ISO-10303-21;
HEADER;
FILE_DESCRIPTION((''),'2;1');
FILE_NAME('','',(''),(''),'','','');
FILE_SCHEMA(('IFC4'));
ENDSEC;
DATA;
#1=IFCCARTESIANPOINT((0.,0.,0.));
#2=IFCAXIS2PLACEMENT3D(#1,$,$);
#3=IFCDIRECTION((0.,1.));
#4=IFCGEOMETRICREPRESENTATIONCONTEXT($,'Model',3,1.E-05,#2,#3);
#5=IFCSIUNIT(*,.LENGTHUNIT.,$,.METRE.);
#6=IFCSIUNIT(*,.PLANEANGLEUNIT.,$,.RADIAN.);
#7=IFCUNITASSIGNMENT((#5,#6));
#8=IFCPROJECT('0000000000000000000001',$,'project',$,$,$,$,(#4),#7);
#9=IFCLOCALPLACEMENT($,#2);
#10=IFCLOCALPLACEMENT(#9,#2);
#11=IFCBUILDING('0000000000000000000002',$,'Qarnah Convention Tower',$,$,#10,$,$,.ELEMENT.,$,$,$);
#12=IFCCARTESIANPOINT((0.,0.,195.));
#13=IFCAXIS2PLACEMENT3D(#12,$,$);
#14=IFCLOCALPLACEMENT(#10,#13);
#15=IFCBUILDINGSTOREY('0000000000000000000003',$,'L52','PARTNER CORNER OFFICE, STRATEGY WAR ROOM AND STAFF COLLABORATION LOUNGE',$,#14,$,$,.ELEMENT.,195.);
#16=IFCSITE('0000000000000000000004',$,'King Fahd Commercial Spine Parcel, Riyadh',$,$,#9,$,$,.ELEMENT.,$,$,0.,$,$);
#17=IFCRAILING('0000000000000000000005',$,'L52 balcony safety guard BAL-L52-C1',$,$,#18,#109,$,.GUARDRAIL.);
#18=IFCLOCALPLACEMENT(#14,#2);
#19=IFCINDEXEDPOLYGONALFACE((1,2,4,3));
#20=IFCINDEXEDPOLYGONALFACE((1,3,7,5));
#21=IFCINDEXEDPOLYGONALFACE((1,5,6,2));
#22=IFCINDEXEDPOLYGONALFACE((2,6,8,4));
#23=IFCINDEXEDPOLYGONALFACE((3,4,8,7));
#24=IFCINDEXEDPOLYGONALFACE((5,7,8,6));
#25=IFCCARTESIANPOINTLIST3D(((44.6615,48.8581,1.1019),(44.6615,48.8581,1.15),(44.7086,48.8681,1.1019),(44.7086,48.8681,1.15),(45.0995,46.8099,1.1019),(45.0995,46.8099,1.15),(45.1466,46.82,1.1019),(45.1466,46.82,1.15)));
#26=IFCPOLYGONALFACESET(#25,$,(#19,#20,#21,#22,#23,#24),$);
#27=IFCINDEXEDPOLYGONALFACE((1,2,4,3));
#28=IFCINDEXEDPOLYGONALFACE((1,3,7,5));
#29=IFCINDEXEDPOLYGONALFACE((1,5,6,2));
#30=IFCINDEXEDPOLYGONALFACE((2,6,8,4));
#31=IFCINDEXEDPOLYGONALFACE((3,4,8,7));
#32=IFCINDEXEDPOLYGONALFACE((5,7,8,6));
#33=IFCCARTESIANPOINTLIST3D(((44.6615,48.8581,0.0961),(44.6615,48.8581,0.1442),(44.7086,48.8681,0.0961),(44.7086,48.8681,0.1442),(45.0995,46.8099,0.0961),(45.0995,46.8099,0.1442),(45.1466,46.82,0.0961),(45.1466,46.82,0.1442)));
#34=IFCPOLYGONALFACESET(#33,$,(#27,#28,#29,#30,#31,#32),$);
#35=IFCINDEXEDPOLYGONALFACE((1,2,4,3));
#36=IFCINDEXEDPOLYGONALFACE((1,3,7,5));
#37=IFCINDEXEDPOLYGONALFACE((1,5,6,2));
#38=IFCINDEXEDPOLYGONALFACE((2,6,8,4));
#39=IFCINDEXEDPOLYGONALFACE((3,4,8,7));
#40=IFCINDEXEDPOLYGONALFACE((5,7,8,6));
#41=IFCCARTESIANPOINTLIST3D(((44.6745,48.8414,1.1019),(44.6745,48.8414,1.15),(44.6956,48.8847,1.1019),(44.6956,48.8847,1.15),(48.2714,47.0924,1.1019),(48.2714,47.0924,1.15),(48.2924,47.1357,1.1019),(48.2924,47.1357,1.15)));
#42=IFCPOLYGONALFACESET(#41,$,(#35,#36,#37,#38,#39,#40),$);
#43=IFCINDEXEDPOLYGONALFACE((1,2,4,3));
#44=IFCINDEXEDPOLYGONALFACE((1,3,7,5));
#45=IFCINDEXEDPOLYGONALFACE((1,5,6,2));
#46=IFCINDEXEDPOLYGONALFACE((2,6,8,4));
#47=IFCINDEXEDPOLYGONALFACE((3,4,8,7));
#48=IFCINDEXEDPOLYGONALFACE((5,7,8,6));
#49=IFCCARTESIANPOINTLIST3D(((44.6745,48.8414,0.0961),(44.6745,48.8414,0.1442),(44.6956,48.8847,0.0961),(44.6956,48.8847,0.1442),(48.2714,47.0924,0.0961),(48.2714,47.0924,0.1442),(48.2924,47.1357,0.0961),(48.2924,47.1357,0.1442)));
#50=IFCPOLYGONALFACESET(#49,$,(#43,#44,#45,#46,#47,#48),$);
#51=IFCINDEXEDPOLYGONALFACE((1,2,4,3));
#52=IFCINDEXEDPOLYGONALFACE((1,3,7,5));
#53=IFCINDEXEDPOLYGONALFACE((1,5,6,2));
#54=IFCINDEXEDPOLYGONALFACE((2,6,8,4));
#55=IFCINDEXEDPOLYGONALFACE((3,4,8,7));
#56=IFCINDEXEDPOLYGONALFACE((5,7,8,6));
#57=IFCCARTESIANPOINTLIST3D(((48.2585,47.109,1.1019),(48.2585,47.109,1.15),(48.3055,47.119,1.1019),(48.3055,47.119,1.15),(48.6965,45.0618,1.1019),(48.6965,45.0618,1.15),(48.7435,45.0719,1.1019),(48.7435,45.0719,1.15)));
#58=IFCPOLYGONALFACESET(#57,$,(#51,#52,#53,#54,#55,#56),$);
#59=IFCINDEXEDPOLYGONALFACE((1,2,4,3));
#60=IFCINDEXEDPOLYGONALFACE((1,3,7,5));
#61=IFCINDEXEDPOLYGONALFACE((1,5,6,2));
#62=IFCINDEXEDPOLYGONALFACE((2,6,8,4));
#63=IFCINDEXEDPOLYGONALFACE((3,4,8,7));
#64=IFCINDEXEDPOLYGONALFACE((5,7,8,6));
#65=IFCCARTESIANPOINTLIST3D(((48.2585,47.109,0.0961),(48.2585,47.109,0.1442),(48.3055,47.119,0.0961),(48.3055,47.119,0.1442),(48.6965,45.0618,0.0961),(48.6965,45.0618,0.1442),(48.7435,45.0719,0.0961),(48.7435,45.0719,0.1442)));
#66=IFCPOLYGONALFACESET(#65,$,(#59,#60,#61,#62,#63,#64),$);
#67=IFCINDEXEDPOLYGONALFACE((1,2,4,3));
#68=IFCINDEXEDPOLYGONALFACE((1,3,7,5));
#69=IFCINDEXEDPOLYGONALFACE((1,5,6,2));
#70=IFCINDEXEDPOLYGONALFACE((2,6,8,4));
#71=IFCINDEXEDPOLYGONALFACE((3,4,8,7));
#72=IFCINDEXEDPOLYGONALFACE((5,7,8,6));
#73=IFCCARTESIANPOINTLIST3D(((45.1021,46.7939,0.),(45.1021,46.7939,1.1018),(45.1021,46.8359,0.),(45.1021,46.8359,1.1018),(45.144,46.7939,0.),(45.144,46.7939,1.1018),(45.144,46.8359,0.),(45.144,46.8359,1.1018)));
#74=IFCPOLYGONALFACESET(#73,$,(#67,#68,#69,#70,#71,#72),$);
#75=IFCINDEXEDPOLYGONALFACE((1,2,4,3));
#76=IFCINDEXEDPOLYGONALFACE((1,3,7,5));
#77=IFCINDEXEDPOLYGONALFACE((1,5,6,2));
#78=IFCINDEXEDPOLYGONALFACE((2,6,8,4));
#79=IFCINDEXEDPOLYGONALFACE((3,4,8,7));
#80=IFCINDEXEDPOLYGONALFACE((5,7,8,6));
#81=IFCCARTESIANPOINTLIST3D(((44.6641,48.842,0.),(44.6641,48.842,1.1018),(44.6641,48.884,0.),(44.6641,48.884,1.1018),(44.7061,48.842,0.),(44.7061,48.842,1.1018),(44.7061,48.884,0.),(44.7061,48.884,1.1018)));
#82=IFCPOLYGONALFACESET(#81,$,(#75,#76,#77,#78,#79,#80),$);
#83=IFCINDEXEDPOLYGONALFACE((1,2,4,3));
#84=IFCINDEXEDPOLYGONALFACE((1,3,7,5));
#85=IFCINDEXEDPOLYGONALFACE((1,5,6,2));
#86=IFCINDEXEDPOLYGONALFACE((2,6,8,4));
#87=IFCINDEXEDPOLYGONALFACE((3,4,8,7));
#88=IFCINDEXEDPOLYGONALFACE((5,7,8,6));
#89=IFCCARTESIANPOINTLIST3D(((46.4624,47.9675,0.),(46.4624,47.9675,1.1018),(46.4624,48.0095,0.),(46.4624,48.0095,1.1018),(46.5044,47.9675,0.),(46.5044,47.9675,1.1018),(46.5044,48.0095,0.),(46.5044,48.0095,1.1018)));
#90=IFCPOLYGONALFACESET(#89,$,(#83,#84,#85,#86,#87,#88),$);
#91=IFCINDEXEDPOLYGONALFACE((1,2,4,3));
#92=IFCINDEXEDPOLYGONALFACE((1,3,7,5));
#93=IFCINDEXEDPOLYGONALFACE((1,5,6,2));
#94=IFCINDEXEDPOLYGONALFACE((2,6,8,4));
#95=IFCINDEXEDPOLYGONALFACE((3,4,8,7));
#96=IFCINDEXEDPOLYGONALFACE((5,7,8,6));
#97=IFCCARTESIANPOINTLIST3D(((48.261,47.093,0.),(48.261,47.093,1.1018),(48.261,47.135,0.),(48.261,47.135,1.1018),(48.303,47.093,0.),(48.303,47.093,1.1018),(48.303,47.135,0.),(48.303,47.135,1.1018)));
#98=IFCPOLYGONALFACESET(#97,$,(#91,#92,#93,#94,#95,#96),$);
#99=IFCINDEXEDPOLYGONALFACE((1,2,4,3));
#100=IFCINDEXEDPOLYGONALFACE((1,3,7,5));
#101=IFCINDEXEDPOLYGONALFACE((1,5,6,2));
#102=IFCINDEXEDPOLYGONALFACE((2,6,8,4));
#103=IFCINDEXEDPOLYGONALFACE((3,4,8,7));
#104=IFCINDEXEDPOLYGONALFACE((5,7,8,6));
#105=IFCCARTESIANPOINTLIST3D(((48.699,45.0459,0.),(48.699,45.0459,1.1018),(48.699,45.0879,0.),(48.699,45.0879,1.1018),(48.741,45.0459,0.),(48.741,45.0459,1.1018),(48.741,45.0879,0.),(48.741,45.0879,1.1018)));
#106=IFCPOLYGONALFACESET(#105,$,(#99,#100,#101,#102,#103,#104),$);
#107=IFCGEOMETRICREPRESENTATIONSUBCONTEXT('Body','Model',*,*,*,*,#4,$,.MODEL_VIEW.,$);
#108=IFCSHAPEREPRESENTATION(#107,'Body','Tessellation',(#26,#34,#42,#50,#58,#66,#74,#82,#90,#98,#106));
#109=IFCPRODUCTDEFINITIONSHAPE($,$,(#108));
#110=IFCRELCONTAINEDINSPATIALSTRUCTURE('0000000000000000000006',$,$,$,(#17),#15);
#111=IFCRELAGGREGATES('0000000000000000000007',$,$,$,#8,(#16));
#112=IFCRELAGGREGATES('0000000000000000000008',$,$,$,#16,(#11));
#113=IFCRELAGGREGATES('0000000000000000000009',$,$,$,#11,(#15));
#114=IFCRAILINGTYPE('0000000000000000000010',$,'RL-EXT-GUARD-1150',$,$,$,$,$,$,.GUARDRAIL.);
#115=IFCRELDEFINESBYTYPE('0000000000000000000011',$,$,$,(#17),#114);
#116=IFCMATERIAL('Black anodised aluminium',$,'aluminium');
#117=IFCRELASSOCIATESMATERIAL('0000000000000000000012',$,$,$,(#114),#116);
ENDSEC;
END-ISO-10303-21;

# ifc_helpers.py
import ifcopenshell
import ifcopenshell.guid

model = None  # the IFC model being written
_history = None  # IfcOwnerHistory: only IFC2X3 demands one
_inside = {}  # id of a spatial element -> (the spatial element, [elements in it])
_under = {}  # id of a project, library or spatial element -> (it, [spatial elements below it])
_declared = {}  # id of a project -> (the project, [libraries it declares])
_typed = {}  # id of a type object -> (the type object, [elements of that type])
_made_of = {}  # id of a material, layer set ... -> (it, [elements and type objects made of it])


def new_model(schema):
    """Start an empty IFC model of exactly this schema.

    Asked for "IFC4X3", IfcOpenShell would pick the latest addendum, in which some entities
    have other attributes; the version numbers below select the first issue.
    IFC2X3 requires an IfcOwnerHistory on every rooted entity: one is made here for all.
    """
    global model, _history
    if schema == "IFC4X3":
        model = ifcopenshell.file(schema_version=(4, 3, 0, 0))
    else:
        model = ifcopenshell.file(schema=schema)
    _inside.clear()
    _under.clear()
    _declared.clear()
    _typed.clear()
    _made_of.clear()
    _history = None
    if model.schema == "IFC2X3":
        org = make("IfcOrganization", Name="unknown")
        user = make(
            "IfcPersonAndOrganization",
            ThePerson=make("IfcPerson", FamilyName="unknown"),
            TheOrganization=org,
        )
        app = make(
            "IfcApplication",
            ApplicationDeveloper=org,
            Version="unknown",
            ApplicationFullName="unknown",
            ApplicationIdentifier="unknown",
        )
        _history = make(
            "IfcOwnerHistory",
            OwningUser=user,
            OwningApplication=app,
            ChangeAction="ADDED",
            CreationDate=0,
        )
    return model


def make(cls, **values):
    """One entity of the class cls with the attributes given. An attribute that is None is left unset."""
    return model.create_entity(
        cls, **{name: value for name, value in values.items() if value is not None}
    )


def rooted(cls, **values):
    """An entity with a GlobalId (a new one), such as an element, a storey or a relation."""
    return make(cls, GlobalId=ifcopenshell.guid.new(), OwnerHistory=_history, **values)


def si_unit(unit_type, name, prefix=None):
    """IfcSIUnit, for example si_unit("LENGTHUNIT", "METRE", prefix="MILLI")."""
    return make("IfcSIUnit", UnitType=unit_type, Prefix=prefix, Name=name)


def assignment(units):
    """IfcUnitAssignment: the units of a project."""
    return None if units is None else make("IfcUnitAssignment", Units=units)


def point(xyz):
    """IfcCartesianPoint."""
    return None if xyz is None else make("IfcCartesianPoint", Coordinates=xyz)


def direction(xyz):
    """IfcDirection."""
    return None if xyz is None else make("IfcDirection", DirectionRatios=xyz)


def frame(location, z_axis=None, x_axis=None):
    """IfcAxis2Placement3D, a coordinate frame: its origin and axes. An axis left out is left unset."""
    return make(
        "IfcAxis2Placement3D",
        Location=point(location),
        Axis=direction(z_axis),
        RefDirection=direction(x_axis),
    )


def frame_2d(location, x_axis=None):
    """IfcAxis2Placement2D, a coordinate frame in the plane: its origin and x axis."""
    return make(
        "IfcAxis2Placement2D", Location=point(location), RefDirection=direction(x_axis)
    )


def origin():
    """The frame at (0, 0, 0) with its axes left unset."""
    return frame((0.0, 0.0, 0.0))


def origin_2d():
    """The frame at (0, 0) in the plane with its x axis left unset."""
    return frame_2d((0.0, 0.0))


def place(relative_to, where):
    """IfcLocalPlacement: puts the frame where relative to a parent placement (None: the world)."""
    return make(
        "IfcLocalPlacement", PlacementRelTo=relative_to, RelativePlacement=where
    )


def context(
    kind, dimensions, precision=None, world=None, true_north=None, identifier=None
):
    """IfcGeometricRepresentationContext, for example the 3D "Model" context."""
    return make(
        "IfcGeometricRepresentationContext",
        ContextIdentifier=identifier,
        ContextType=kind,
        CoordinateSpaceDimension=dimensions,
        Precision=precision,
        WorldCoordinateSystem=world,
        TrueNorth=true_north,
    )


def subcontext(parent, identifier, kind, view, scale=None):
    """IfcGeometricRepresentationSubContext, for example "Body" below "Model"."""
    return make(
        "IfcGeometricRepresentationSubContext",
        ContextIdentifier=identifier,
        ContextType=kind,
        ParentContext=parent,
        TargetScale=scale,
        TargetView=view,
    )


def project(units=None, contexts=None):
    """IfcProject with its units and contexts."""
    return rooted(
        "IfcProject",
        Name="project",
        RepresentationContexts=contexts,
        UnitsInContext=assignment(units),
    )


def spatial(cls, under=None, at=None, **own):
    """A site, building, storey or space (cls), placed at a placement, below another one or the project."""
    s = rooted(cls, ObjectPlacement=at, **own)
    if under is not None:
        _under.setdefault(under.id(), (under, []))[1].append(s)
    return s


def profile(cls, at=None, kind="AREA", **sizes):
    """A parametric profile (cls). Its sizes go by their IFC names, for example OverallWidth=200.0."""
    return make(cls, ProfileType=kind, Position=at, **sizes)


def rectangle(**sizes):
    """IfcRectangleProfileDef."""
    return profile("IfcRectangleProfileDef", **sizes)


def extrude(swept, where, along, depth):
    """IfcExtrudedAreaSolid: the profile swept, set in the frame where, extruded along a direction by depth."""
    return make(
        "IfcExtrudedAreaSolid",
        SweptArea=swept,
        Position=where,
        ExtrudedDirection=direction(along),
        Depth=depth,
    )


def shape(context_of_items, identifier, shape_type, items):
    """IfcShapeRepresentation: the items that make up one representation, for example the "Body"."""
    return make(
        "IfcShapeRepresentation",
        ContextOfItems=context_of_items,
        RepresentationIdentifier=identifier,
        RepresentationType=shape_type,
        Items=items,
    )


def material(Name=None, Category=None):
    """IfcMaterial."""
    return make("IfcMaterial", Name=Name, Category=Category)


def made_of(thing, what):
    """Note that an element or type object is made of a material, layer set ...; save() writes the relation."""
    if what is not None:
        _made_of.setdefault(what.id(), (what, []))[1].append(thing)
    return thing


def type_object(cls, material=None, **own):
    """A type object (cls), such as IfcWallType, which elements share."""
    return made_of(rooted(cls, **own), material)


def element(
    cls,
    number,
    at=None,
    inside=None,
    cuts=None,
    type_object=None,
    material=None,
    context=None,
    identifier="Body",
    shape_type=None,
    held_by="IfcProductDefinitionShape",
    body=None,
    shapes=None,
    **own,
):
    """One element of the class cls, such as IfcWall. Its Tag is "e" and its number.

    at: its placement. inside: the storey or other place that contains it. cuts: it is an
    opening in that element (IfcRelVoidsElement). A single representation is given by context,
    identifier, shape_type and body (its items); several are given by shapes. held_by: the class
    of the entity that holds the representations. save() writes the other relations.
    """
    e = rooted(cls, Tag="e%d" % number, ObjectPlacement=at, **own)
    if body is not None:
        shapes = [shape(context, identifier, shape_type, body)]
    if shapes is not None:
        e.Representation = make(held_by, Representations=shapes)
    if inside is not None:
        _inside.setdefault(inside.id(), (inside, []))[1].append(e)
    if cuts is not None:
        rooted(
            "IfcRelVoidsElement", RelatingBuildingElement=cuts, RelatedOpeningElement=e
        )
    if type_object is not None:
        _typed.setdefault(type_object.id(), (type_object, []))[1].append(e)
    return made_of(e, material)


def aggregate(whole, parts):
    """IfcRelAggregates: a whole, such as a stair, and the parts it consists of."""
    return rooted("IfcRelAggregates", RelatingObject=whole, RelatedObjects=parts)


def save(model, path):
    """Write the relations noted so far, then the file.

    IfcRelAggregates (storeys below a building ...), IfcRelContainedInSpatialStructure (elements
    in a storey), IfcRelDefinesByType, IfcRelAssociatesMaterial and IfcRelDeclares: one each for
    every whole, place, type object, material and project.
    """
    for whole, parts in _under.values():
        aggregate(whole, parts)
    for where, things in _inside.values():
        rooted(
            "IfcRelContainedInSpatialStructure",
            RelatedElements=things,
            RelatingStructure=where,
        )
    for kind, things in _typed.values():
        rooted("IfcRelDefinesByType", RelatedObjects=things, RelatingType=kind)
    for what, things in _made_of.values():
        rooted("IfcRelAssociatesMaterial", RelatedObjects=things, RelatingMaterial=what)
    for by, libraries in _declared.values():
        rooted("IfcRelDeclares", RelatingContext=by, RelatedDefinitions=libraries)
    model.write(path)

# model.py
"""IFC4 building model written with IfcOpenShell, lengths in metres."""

from ifc_helpers import new_model, si_unit, direction, frame, origin, origin_2d, place, context, subcontext, project, spatial, rectangle, extrude, material, type_object, element, save


model = new_model("IFC4")

# Units and contexts
model_context = context("Model", 3, precision=1e-05, world=origin(), true_north=direction((0.0, 1.0)))
body_context = subcontext(model_context, "Body", "Model", "MODEL_VIEW")
ifc_project = project(units=[si_unit("LENGTHUNIT", "METRE"), si_unit("PLANEANGLEUNIT", "RADIAN")], contexts=[model_context])

# Site, building, storey
site_placement = place(None, origin())
site = spatial("IfcSite", under=ifc_project, at=site_placement, Name="King Fahd Commercial Spine Parcel, Riyadh", CompositionType="ELEMENT", RefElevation=0.0)
building_placement = place(site_placement, origin())
building = spatial("IfcBuilding", under=site, at=building_placement, Name="Qarnah Convention Tower", CompositionType="ELEMENT")
storey_placement = place(building_placement, frame((0.0, 0.0, 195.0)))
storey = spatial("IfcBuildingStorey", under=building, at=storey_placement, Name="L52", Description="PARTNER CORNER OFFICE, STRATEGY WAR ROOM AND STAFF COLLABORATION LOUNGE", CompositionType="ELEMENT", Elevation=195.0)

# Shared definitions
ifc_material_1 = material(Name="Black anodised aluminium", Category="aluminium")

# Railing
railing_type = type_object("IfcRailingType", Name="RL-EXT-GUARD-1150", PredefinedType="GUARDRAIL", material=ifc_material_1)
railing_1_placement = place(storey_placement, frame((45.123, 46.8149, 0.0)))
element("IfcRailing", 1, at=railing_1_placement, inside=storey, type_object=railing_type, Name="L52 balcony safety guard BAL-L52-C1", PredefinedType="GUARDRAIL", context=body_context, shape_type="SweptSolid", body=[
    extrude(rectangle(XDim=0.0481, YDim=0.0481, at=origin_2d()), frame((0.0, 0.0, 1.126), z_axis=(-0.209123, 0.977889, 0.0), x_axis=(-0.977889, -0.209123, 0.0)), (0.0, 0.0, 1.0), 2.0945),
    extrude(rectangle(XDim=0.0481, YDim=0.0481, at=origin_2d()), frame((0.0, 0.0, 0.1201), z_axis=(-0.209123, 0.977889, 0.0), x_axis=(-0.977889, -0.209123, 0.0)), (0.0, 0.0, 1.0), 2.0945),
    extrude(rectangle(XDim=0.0481, YDim=0.0481, at=origin_2d()), frame((-0.438, 2.0481, 1.126), z_axis=(0.899317, -0.437298, 0.0), x_axis=(0.437298, 0.899317, 0.0)), (0.0, 0.0, 1.0), 3.9995),
    extrude(rectangle(XDim=0.0481, YDim=0.0481, at=origin_2d()), frame((-0.438, 2.0481, 0.1201), z_axis=(0.899317, -0.437298, 0.0), x_axis=(0.437298, 0.899317, 0.0)), (0.0, 0.0, 1.0), 3.9995),
    extrude(rectangle(XDim=0.0481, YDim=0.0481, at=origin_2d()), frame((3.1589, 0.2991, 1.126), z_axis=(0.209218, -0.977869, 0.0), x_axis=(0.977869, 0.209218, 0.0)), (0.0, 0.0, 1.0), 2.0935),
    extrude(rectangle(XDim=0.0481, YDim=0.0481, at=origin_2d()), frame((3.1589, 0.2991, 0.1201), z_axis=(0.209218, -0.977869, 0.0), x_axis=(0.977869, 0.209218, 0.0)), (0.0, 0.0, 1.0), 2.0935),
    extrude(rectangle(XDim=0.042, YDim=0.042, at=origin_2d()), origin(), (0.0, 0.0, 1.0), 1.1018),
    extrude(rectangle(XDim=0.042, YDim=0.042, at=origin_2d()), frame((-0.438, 2.0481, 0.0)), (0.0, 0.0, 1.0), 1.1018),
    extrude(rectangle(XDim=0.042, YDim=0.042, at=origin_2d()), frame((1.3604, 1.1736, 0.0)), (0.0, 0.0, 1.0), 1.1018),
    extrude(rectangle(XDim=0.042, YDim=0.042, at=origin_2d()), frame((3.1589, 0.2991, 0.0)), (0.0, 0.0, 1.0), 1.1018),
    extrude(rectangle(XDim=0.042, YDim=0.042, at=origin_2d()), frame((3.5969, -1.748, 0.0)), (0.0, 0.0, 1.0), 1.1018),
])

save(model, "model.ifc")
